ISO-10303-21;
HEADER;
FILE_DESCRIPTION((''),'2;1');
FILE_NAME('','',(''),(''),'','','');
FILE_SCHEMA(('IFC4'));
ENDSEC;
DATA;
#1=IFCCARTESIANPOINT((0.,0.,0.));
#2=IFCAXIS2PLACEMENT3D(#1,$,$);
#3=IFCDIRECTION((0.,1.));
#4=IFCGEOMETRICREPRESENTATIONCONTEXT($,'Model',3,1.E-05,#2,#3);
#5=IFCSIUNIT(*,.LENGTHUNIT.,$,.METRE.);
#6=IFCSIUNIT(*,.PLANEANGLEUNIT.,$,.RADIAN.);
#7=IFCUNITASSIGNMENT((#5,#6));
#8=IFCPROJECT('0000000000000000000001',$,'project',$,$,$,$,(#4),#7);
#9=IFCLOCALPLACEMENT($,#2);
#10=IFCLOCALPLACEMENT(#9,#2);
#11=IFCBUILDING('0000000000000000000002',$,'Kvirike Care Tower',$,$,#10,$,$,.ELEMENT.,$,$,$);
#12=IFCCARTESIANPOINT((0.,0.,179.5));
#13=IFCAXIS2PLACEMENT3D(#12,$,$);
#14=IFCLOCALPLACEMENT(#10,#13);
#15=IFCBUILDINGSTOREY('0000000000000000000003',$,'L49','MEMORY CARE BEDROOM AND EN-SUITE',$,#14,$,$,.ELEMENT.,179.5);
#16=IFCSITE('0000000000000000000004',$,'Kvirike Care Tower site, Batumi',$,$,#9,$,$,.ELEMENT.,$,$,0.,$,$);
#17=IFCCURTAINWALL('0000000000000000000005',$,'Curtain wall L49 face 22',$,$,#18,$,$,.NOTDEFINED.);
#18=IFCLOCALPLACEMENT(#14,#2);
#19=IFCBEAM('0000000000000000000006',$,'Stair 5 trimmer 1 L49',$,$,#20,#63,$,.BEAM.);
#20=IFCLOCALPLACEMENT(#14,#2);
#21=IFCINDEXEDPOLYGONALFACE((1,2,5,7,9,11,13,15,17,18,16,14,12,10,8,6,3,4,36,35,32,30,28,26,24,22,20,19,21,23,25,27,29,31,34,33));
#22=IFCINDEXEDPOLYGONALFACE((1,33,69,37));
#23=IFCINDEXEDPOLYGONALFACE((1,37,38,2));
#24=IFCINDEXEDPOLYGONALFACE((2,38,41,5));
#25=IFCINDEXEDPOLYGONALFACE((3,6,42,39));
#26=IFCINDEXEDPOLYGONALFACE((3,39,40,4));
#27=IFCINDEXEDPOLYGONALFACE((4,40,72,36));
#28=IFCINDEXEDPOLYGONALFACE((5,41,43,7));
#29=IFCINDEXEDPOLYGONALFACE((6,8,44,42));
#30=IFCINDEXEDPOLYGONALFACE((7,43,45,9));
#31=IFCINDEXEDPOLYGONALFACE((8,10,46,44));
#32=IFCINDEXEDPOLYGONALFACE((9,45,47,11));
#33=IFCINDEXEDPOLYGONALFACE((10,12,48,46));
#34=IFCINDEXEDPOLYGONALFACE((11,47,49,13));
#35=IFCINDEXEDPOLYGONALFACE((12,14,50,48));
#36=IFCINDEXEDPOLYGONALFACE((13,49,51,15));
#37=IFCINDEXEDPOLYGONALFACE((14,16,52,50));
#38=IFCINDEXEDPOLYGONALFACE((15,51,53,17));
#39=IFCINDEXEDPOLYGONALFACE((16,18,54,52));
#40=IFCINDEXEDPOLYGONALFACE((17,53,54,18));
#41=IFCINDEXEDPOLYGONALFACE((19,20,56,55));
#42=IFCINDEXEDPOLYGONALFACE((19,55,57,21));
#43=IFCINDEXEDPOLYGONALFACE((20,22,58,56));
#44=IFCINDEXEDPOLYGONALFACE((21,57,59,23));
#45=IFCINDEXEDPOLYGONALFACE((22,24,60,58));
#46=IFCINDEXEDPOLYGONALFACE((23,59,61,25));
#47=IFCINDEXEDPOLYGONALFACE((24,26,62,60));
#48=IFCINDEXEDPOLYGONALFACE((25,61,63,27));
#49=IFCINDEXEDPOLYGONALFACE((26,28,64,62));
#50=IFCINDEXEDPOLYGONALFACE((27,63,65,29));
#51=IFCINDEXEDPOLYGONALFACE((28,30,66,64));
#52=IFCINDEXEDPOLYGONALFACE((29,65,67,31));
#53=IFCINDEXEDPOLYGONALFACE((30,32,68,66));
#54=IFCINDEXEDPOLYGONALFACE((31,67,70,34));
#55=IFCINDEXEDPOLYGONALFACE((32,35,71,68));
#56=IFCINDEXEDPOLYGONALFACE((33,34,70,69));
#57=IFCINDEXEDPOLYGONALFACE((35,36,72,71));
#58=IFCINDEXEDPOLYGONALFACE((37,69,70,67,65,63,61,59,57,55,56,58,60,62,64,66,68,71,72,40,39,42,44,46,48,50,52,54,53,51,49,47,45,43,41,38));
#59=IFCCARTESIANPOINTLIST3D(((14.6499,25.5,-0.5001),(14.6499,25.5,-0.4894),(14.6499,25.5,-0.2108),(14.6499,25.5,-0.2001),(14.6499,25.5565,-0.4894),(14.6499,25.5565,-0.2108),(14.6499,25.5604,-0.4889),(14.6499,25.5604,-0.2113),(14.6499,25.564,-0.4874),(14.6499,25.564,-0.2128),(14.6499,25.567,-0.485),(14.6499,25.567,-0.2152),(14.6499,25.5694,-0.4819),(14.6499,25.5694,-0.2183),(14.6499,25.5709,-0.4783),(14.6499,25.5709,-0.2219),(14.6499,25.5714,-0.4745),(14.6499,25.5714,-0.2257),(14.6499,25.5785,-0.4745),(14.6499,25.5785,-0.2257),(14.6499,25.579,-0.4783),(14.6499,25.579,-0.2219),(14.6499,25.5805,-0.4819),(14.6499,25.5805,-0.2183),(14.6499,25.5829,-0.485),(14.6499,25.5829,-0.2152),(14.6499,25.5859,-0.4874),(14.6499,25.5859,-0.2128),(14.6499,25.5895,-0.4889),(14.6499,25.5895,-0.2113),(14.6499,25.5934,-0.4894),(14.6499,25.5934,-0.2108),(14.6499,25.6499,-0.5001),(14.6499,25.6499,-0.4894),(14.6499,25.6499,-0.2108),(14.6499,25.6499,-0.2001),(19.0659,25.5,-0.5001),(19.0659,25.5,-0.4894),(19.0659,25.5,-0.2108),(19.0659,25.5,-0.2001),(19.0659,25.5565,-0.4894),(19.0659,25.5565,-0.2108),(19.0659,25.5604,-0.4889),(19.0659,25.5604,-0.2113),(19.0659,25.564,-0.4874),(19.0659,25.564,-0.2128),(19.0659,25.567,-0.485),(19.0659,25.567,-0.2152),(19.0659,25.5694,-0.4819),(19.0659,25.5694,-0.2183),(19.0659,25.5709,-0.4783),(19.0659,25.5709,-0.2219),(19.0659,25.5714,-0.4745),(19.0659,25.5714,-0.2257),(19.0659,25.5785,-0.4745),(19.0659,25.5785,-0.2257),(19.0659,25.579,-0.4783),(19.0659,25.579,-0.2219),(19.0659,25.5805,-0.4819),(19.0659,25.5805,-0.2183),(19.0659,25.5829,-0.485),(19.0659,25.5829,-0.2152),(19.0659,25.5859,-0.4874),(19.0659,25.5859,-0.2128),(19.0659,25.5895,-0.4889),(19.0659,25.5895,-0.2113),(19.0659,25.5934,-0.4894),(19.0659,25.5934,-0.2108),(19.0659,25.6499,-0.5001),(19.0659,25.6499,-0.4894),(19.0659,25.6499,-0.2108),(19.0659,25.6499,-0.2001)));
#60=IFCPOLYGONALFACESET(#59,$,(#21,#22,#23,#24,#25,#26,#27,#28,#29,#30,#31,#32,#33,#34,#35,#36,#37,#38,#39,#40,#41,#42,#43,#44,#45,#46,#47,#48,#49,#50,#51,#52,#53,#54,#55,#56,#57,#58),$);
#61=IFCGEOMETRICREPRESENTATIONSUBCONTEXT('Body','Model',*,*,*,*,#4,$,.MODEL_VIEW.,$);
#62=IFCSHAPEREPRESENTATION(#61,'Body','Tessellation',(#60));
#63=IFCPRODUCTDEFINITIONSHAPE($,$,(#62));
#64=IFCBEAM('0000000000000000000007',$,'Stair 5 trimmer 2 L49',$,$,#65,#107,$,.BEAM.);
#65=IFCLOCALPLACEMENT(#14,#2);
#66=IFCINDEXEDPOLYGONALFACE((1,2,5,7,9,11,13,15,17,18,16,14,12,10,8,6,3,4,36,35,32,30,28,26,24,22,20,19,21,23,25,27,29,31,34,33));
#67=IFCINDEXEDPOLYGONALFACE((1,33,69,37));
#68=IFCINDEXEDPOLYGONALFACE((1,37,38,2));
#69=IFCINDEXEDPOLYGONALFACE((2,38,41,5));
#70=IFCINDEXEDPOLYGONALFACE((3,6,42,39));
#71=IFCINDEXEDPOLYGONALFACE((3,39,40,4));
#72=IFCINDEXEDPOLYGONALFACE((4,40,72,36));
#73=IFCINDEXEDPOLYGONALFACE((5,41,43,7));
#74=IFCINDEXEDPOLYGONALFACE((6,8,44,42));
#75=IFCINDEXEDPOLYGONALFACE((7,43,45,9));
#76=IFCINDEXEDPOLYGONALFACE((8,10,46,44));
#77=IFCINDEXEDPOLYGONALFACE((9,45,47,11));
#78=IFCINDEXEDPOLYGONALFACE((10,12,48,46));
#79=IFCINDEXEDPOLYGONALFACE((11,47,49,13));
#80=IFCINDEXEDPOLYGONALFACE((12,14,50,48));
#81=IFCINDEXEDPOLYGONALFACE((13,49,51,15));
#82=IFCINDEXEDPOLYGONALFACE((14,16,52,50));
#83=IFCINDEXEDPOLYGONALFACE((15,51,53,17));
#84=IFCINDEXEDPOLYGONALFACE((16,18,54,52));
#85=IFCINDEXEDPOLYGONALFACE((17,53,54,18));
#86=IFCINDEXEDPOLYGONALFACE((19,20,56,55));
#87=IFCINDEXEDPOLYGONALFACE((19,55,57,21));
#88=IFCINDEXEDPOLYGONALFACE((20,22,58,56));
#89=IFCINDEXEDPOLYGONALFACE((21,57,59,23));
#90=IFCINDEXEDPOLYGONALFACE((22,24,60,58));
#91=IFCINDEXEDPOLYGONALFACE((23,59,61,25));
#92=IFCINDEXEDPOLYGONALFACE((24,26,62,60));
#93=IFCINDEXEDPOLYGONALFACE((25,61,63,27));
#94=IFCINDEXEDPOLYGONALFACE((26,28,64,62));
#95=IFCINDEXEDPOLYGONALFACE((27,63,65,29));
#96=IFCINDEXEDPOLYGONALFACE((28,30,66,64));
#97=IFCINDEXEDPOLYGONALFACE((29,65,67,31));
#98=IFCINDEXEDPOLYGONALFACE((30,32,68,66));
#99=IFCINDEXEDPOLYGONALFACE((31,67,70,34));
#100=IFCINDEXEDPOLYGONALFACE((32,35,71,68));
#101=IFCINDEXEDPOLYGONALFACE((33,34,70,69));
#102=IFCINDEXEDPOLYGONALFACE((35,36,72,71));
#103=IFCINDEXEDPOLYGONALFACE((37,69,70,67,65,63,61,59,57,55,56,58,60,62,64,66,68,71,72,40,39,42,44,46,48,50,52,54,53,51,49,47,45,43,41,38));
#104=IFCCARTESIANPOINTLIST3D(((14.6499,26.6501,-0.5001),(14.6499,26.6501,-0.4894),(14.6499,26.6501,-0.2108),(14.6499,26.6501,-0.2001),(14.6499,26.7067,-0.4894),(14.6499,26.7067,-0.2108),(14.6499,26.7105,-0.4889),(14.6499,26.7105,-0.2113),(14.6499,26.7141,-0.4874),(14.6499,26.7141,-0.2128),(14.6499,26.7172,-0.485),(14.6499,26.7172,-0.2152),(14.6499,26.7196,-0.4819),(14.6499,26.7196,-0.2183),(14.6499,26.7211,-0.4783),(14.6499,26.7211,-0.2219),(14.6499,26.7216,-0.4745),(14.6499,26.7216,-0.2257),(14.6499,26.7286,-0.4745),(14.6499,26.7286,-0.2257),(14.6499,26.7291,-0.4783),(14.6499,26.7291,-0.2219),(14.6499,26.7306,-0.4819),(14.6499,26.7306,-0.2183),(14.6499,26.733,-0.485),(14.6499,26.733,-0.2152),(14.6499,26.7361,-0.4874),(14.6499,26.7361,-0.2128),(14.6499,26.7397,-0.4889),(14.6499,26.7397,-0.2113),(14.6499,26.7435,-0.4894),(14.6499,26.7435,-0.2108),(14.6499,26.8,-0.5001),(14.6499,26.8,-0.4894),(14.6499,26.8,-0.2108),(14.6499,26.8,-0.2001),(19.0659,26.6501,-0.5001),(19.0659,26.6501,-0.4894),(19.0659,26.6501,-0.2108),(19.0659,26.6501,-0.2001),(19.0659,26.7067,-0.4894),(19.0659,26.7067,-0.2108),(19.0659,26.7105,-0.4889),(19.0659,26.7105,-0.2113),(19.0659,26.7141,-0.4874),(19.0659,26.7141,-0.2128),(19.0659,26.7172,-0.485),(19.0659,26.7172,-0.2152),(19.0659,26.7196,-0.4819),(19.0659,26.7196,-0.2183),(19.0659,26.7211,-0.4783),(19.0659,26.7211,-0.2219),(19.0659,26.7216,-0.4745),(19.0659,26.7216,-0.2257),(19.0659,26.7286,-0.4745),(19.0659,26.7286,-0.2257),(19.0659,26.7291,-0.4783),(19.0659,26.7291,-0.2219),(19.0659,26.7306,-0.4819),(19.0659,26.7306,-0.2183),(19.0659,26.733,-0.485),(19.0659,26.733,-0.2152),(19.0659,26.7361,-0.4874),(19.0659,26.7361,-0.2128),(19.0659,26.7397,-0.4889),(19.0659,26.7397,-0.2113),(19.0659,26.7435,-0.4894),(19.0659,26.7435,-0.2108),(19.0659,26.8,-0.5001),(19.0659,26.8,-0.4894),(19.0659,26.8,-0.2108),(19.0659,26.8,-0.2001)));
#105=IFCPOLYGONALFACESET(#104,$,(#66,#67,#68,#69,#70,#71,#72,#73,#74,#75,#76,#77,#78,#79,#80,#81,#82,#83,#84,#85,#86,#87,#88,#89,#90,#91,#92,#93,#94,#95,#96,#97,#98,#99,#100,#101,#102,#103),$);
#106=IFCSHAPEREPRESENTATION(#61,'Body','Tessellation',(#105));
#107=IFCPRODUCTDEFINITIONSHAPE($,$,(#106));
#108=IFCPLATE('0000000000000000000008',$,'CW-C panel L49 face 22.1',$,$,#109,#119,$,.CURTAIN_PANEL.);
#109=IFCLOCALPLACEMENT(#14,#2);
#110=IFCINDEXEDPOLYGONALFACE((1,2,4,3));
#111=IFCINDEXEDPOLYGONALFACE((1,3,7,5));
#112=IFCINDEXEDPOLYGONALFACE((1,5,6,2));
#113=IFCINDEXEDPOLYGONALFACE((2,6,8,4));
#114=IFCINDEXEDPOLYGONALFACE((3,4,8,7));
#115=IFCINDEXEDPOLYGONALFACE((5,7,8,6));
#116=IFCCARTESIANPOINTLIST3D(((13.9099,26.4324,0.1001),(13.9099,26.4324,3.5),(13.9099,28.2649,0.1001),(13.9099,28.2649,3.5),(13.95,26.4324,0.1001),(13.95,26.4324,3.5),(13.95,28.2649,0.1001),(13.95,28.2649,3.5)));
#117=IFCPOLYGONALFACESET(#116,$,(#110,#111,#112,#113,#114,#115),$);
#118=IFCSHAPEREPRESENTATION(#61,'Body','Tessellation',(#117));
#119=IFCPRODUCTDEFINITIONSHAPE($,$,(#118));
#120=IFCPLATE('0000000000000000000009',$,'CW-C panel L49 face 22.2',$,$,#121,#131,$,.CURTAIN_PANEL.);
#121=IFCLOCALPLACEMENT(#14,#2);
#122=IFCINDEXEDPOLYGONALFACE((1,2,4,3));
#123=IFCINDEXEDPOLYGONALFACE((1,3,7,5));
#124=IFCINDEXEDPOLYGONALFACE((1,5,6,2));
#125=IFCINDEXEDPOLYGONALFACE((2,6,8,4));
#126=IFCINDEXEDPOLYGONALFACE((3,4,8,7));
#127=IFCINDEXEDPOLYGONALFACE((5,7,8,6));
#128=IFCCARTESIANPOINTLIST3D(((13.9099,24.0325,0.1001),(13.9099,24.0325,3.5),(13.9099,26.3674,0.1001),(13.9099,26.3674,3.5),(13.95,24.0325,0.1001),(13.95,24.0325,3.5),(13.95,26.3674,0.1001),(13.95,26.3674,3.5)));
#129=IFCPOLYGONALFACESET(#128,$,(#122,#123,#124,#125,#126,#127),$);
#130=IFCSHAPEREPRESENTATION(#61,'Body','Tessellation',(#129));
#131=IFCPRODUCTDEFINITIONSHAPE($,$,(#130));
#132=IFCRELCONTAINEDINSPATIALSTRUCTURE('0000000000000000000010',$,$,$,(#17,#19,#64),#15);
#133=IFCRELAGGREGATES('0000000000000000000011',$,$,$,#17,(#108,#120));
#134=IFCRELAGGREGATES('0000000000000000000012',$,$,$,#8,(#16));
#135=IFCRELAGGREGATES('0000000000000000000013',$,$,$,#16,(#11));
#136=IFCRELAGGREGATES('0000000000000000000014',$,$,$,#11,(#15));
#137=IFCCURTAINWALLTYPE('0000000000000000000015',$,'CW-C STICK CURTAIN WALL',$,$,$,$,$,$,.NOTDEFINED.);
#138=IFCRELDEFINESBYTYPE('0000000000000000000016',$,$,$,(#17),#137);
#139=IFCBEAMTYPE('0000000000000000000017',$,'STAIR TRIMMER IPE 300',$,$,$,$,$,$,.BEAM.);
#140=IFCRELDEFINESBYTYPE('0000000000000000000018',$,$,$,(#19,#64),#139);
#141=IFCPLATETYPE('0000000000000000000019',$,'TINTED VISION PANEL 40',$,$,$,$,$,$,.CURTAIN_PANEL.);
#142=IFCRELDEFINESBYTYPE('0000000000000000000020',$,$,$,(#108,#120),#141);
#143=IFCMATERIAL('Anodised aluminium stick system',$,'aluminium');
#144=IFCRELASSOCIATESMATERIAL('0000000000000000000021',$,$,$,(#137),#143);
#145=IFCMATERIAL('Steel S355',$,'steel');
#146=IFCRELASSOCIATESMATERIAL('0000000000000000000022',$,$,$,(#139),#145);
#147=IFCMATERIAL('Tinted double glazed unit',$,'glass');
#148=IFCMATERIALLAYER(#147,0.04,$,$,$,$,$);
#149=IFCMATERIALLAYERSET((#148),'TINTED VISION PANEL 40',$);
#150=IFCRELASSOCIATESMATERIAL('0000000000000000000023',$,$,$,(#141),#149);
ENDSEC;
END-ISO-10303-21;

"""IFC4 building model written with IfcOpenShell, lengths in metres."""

from ifc_helpers import new_model, si_unit, direction, frame, origin, origin_2d, place, context, subcontext, project, spatial, rectangle, i_section, extrude, material, layer, layer_set, material_profile, profile_set, type_object, element, aggregate, save


model = new_model("IFC4")

# Units and contexts
model_context = context("Model", 3, precision=1e-05, world=origin(), true_north=direction((0.0, 1.0)))
body_context = subcontext(model_context, "Body", "Model", "MODEL_VIEW")
ifc_project = project(units=[si_unit("LENGTHUNIT", "METRE"), si_unit("PLANEANGLEUNIT", "RADIAN")], contexts=[model_context])

# Site, building, storey
site_placement = place(None, origin())
site = spatial("IfcSite", under=ifc_project, at=site_placement, Name="Kvirike Care Tower site, Batumi", CompositionType="ELEMENT", RefElevation=0.0)
building_placement = place(site_placement, origin())
building = spatial("IfcBuilding", under=site, at=building_placement, Name="Kvirike Care Tower", CompositionType="ELEMENT")
storey_placement = place(building_placement, frame((0.0, 0.0, 179.5)))
storey = spatial("IfcBuildingStorey", under=building, at=storey_placement, Name="L49", Description="MEMORY CARE BEDROOM AND EN-SUITE", CompositionType="ELEMENT", Elevation=179.5)

# Curtain wall
ifc_material_1 = material(Name="Anodised aluminium stick system", Category="aluminium")
curtain_wall_type = type_object("IfcCurtainWallType", Name="CW-C STICK CURTAIN WALL", PredefinedType="NOTDEFINED", material=ifc_material_1)
curtain_wall_1_placement = place(storey_placement, origin())
curtain_wall_1 = element("IfcCurtainWall", 1, at=curtain_wall_1_placement, inside=storey, type_object=curtain_wall_type, Name="Curtain wall L49 face 22", PredefinedType="NOTDEFINED")

# Beams
ifc_material_2 = material(Name="Steel S355", Category="steel")
ifc_material_profile_1 = material_profile(ifc_material_2, i_section(OverallWidth=0.1499, OverallDepth=0.3, WebThickness=0.0071, FlangeThickness=0.0107, FilletRadius=0.0149, at=origin_2d()), Name="IPE 300")
ifc_profile_set_1 = profile_set([ifc_material_profile_1], Name="Steel S355")
beam_type_1 = type_object("IfcBeamType", Name="STAIR TRIMMER IPE 300", PredefinedType="BEAM", material=ifc_profile_set_1)
for number, where, z_axis, x_axis, name in (
    (2, (14.6499, 25.575, -0.3501), (1.0, 0.0, 0.0), (0.0, 1.0, 0.0), "Stair 5 trimmer 1 L49"),
    (3, (14.6499, 26.7251, -0.3501), (1.0, 0.0, 0.0), (0.0, 1.0, 0.0), "Stair 5 trimmer 2 L49"),
):
    element("IfcBeam", number, at=place(storey_placement, frame(where, z_axis=z_axis, x_axis=x_axis)), inside=storey, type_object=beam_type_1, Name=name, PredefinedType="BEAM", context=body_context, shape_type="SweptSolid", body=[
        extrude(i_section(OverallWidth=0.1499, OverallDepth=0.3, WebThickness=0.0071, FlangeThickness=0.0107, FilletRadius=0.0149, at=origin_2d()), origin(), (0.0, 0.0, 1.0), 4.416),
    ])

# Plates
ifc_material_3 = material(Name="Tinted double glazed unit", Category="glass")
ifc_layer_1 = layer(ifc_material_3, 0.04)
ifc_layer_set_1 = layer_set([ifc_layer_1], Name="TINTED VISION PANEL 40")
plate_type = type_object("IfcPlateType", Name="TINTED VISION PANEL 40", PredefinedType="CURTAIN_PANEL", material=ifc_layer_set_1)
plate_1_placement = place(storey_placement, frame((13.9299, 27.3486, 0.1001), z_axis=(0.0, 0.0, 1.0), x_axis=(0.0, -1.0, 0.0)))
plate_1 = element("IfcPlate", 4, at=plate_1_placement, type_object=plate_type, Name="CW-C panel L49 face 22.1", PredefinedType="CURTAIN_PANEL", context=body_context, shape_type="SweptSolid", body=[
    extrude(rectangle(XDim=1.8325, YDim=0.04, at=origin_2d()), origin(), (0.0, 0.0, 1.0), 3.3999),
])
plate_2_placement = place(storey_placement, frame((13.9299, 25.2, 0.1001), z_axis=(0.0, 0.0, 1.0), x_axis=(0.0, -1.0, 0.0)))
plate_2 = element("IfcPlate", 5, at=plate_2_placement, type_object=plate_type, Name="CW-C panel L49 face 22.2", PredefinedType="CURTAIN_PANEL", context=body_context, shape_type="SweptSolid", body=[
    extrude(rectangle(XDim=2.335, YDim=0.04, at=origin_2d()), origin(), (0.0, 0.0, 1.0), 3.3999),
])
aggregate(curtain_wall_1, [plate_1, plate_2])

save(model, "model.ifc")
